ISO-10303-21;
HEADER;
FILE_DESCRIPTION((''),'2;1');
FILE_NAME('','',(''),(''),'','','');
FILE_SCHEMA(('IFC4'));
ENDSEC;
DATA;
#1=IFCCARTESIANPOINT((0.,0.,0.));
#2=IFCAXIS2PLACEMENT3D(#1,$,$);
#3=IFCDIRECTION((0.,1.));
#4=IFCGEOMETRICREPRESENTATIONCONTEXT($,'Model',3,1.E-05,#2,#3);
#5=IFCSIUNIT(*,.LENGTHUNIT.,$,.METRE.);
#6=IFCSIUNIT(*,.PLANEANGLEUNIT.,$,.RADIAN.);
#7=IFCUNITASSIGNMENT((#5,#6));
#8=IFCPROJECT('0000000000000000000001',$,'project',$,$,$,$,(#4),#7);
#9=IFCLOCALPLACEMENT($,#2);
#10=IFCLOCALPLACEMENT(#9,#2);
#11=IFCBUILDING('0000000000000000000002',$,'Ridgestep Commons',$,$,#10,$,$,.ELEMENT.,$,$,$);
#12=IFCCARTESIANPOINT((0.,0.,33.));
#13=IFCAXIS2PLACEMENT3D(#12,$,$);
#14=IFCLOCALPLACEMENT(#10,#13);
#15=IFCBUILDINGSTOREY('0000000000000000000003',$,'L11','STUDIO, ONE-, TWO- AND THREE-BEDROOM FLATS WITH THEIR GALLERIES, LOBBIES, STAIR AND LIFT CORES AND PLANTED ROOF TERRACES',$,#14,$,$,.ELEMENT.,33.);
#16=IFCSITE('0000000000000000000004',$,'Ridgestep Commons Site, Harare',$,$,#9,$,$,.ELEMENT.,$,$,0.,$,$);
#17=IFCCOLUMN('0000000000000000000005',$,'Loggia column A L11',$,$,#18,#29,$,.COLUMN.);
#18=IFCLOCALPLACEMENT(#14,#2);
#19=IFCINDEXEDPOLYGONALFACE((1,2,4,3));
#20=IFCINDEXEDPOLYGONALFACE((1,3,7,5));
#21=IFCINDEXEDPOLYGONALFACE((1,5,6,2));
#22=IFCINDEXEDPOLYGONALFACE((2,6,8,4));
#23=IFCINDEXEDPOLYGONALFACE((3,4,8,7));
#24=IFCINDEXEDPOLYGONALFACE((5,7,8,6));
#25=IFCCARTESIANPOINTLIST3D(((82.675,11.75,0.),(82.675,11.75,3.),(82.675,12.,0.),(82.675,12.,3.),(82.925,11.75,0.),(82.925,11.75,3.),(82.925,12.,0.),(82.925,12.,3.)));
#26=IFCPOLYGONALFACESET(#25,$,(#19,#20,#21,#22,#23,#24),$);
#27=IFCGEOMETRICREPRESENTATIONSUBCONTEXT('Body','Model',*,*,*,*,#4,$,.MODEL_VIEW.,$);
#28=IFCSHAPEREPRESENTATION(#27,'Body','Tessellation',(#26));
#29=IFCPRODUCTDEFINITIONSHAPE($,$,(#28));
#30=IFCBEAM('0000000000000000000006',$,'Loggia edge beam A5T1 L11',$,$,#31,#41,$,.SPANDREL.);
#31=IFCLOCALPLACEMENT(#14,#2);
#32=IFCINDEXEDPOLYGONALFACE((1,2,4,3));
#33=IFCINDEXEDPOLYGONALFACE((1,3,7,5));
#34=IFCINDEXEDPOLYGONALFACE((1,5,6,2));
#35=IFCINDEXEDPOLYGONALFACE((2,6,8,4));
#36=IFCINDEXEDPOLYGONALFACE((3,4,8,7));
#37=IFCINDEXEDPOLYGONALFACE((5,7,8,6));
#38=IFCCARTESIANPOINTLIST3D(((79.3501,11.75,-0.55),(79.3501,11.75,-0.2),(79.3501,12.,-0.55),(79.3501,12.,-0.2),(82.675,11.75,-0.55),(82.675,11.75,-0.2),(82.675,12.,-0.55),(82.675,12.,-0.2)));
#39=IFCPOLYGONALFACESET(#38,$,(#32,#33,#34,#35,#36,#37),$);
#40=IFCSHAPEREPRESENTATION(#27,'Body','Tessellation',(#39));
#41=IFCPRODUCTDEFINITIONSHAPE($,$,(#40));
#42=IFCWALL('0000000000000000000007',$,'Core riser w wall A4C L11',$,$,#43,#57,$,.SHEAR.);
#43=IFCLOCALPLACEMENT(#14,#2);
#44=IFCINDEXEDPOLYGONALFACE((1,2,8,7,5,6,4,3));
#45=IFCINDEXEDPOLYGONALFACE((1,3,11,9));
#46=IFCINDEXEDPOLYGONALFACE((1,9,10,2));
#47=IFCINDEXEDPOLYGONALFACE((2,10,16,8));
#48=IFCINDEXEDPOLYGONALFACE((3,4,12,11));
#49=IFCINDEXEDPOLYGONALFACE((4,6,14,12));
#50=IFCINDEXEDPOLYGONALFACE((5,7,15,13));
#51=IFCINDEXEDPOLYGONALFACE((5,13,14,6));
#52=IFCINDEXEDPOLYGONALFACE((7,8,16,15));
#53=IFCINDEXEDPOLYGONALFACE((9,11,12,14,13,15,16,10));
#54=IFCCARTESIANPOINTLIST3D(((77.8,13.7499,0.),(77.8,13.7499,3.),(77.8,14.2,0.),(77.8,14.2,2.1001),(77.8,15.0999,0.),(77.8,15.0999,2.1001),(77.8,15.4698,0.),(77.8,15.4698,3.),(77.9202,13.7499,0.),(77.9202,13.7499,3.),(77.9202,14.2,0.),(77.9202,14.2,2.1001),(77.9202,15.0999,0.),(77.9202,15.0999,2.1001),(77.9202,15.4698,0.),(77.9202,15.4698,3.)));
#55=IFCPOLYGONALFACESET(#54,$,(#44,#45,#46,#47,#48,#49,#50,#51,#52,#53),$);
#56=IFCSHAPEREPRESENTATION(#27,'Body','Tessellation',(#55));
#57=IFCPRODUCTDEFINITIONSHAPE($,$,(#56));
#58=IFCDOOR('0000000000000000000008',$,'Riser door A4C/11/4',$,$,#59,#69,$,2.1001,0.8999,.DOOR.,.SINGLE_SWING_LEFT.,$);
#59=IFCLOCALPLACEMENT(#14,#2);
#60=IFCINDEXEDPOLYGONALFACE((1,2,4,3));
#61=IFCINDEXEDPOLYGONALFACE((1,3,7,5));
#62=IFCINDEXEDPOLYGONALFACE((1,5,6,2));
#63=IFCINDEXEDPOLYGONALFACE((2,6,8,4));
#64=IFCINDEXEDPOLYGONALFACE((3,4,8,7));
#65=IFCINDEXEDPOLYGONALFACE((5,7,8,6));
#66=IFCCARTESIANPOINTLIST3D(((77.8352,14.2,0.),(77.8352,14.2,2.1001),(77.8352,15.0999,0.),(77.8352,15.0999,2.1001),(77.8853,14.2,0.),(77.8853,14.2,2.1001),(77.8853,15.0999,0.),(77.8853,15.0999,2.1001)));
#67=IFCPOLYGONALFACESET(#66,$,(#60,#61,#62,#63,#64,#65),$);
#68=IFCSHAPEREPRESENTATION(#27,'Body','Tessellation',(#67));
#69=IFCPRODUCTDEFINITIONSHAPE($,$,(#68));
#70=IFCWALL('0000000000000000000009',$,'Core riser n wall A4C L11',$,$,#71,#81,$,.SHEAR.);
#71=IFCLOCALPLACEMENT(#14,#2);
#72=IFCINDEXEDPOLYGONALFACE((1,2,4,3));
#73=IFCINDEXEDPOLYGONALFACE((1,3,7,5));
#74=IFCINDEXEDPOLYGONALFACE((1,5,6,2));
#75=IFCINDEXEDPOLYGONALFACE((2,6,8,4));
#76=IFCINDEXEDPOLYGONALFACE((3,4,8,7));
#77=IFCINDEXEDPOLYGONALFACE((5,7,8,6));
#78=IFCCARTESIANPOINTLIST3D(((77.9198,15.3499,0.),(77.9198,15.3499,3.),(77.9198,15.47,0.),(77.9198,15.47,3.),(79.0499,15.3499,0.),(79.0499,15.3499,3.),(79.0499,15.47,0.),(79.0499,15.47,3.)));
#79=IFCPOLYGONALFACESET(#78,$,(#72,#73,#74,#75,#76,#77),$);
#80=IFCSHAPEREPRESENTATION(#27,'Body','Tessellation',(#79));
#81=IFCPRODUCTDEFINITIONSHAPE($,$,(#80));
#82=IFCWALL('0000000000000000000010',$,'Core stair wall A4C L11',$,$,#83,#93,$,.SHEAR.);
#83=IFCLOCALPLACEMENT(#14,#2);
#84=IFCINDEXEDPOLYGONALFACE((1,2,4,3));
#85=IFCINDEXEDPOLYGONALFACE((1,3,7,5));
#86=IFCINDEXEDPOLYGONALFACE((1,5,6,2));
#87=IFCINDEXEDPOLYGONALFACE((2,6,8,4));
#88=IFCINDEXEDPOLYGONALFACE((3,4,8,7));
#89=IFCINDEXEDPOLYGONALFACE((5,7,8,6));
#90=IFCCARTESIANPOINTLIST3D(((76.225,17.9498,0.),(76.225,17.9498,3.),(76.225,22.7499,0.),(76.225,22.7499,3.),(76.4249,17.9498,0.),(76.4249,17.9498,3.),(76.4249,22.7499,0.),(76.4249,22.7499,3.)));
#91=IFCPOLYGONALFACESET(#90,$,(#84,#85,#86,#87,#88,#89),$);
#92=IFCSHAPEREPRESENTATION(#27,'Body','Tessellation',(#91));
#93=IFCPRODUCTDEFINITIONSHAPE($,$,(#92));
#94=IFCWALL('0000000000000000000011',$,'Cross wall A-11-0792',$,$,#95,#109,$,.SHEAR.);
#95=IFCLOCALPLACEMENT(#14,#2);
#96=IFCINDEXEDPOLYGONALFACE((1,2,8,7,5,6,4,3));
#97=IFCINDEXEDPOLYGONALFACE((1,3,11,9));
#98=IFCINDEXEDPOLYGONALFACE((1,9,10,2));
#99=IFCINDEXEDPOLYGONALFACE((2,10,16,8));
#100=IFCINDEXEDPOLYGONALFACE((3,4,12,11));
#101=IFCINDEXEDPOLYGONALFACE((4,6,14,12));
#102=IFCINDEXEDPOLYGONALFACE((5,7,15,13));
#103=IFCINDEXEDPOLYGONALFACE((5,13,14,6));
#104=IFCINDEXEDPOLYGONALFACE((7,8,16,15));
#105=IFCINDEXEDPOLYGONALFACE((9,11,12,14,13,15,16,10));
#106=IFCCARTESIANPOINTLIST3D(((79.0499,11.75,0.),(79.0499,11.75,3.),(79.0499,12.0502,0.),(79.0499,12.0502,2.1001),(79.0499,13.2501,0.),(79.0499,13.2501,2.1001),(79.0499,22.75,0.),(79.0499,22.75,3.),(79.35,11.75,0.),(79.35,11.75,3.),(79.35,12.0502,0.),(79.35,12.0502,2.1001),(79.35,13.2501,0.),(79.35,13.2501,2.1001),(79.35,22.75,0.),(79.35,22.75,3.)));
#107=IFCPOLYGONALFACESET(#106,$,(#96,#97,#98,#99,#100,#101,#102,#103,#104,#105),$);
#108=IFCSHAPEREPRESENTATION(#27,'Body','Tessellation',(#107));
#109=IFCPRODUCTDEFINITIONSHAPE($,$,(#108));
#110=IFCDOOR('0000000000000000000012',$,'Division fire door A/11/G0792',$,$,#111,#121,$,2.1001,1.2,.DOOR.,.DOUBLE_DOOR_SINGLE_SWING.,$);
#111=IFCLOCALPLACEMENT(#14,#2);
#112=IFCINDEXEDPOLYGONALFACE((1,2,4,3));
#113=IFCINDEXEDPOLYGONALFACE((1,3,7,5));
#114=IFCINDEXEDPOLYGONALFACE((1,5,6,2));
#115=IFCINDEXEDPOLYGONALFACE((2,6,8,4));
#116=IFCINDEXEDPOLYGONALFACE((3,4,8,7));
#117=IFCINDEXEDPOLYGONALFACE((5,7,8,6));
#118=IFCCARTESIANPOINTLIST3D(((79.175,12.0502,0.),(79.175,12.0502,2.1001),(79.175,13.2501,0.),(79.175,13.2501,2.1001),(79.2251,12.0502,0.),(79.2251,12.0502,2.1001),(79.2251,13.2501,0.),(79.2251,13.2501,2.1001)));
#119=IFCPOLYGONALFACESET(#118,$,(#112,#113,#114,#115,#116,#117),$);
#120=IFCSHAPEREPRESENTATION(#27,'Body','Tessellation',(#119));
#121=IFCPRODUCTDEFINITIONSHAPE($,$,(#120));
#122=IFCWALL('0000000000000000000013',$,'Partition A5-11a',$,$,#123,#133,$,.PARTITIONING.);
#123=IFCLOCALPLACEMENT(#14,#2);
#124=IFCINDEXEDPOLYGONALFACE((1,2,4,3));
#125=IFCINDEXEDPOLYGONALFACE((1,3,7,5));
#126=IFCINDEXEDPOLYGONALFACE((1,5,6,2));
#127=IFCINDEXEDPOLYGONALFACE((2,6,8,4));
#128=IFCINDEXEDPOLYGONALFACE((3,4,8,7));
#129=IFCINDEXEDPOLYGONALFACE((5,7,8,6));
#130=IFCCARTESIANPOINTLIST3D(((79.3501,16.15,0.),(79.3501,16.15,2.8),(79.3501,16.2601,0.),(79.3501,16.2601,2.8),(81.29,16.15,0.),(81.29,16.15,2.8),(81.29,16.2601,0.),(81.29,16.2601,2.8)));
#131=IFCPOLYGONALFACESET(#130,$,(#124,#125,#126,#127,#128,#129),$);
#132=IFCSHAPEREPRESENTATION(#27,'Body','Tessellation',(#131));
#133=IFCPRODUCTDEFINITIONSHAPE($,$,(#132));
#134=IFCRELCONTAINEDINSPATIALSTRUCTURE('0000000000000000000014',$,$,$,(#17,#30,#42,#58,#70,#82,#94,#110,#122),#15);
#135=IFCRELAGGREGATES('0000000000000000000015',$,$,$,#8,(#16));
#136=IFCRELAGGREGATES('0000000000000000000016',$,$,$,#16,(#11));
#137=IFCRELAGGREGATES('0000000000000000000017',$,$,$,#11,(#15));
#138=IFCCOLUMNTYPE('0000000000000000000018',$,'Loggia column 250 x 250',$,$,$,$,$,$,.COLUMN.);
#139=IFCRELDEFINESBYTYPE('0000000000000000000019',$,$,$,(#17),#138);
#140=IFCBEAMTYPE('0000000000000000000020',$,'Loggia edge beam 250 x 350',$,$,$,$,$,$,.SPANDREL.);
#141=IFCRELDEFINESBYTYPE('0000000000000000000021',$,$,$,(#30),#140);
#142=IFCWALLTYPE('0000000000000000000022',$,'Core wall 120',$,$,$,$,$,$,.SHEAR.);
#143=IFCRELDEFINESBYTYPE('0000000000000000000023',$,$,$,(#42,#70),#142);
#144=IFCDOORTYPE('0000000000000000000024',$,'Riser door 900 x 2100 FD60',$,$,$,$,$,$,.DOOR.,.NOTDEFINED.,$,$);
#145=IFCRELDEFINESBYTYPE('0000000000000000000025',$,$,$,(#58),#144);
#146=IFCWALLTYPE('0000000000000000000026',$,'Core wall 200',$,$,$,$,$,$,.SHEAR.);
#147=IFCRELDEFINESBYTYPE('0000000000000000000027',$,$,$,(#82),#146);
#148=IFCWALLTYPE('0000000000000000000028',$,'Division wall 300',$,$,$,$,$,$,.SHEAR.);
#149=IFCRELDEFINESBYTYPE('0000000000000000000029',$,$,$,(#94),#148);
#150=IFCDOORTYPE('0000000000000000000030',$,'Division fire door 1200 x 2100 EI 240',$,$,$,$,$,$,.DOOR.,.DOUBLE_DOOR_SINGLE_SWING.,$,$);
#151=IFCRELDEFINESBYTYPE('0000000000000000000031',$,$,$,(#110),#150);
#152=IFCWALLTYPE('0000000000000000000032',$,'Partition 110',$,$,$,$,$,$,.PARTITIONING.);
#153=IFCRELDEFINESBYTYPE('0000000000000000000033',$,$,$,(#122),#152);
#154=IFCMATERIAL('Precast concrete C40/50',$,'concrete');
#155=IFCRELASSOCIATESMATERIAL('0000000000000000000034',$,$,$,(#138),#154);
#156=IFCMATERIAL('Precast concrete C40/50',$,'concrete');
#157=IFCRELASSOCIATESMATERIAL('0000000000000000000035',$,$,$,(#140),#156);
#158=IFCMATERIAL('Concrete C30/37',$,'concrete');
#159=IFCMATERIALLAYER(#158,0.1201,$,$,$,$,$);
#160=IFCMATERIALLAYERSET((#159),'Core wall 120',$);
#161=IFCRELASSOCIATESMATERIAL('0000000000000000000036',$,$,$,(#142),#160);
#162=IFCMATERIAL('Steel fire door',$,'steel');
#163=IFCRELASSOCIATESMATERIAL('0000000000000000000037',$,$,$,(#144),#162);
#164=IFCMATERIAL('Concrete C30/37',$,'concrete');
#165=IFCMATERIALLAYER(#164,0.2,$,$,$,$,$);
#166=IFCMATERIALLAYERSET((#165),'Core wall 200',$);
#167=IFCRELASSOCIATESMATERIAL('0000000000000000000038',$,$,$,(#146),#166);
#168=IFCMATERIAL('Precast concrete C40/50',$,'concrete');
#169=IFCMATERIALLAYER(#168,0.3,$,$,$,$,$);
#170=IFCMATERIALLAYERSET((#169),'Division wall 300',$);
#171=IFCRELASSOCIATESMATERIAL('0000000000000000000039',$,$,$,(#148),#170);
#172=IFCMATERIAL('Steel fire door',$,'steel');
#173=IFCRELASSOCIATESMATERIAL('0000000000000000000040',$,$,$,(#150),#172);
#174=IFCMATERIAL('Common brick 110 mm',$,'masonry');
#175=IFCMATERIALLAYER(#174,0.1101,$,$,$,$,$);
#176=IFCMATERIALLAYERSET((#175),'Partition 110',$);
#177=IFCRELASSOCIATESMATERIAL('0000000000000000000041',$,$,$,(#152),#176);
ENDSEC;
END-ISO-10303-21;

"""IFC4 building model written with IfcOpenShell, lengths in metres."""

from ifc_helpers import new_model, si_unit, direction, frame, frame_2d, origin, origin_2d, place, context, subcontext, project, spatial, rectangle, extrude, material, layer, layer_set, material_profile, profile_set, type_object, element, fill, save


model = new_model("IFC4")

# Units and contexts
model_context = context("Model", 3, precision=1e-05, world=origin(), true_north=direction((0.0, 1.0)))
body_context = subcontext(model_context, "Body", "Model", "MODEL_VIEW")
ifc_project = project(units=[si_unit("LENGTHUNIT", "METRE"), si_unit("PLANEANGLEUNIT", "RADIAN")], contexts=[model_context])

# Site, building, storey
site_placement = place(None, origin())
site = spatial("IfcSite", under=ifc_project, at=site_placement, Name="Ridgestep Commons Site, Harare", CompositionType="ELEMENT", RefElevation=0.0)
building_placement = place(site_placement, origin())
building = spatial("IfcBuilding", under=site, at=building_placement, Name="Ridgestep Commons", CompositionType="ELEMENT")
storey_placement = place(building_placement, frame((0.0, 0.0, 33.0)))
storey = spatial("IfcBuildingStorey", under=building, at=storey_placement, Name="L11", Description="STUDIO, ONE-, TWO- AND THREE-BEDROOM FLATS WITH THEIR GALLERIES, LOBBIES, STAIR AND LIFT CORES AND PLANTED ROOF TERRACES", CompositionType="ELEMENT", Elevation=33.0)

# Column
ifc_material_1 = material(Name="Precast concrete C40/50", Category="concrete")
ifc_material_profile_1 = material_profile(ifc_material_1, rectangle(XDim=0.25, YDim=0.25, at=origin_2d()), Name="PC 250x250")
ifc_profile_set_1 = profile_set([ifc_material_profile_1], Name="Precast concrete C40/50")
column_type = type_object("IfcColumnType", Name="Loggia column 250 x 250", PredefinedType="COLUMN", material=ifc_profile_set_1)
column_placement = place(storey_placement, frame((82.8, 11.875, 0.0), z_axis=(0.0, 0.0, 1.0), x_axis=(1.0, 0.0, 0.0)))
element("IfcColumn", 1, at=column_placement, inside=storey, type_object=column_type, Name="Loggia column A L11", PredefinedType="COLUMN", context=body_context, shape_type="SweptSolid", body=[
    extrude(rectangle(XDim=0.25, YDim=0.25, at=origin_2d()), origin(), (0.0, 0.0, 1.0), 3.0),
])

# Beam
ifc_material_2 = material(Name="Precast concrete C40/50", Category="concrete")
ifc_material_profile_2 = material_profile(ifc_material_2, rectangle(XDim=0.25, YDim=0.3501, at=origin_2d()), Name="PC 250x350")
ifc_profile_set_2 = profile_set([ifc_material_profile_2], Name="Precast concrete C40/50")
beam_type = type_object("IfcBeamType", Name="Loggia edge beam 250 x 350", PredefinedType="SPANDREL", material=ifc_profile_set_2)
beam_placement = place(storey_placement, frame((79.3501, 11.875, -0.375), z_axis=(1.0, 0.0, 0.0), x_axis=(0.0, 1.0, 0.0)))
element("IfcBeam", 2, at=beam_placement, inside=storey, type_object=beam_type, Name="Loggia edge beam A5T1 L11", PredefinedType="SPANDREL", context=body_context, shape_type="SweptSolid", body=[
    extrude(rectangle(XDim=0.25, YDim=0.3501, at=origin_2d()), origin(), (0.0, 0.0, 1.0), 3.325),
])

# Wall, opening, door
ifc_material_3 = material(Name="Concrete C30/37", Category="concrete")
ifc_layer_1 = layer(ifc_material_3, 0.1201)
ifc_layer_set_1 = layer_set([ifc_layer_1], Name="Core wall 120")
wall_type_1 = type_object("IfcWallType", Name="Core wall 120", PredefinedType="SHEAR", material=ifc_layer_set_1)
wall_1_placement = place(storey_placement, frame((77.8601, 13.75, 0.0), z_axis=(0.0, 0.0, 1.0), x_axis=(0.0, 1.0, 0.0)))
wall_1 = element("IfcWall", 3, at=wall_1_placement, inside=storey, type_object=wall_type_1, Name="Core riser w wall A4C L11", PredefinedType="SHEAR", context=body_context, shape_type="SweptSolid", body=[
    extrude(rectangle(XDim=1.72, YDim=0.1201, at=frame_2d((0.8599, 0.0))), origin(), (0.0, 0.0, 1.0), 3.0),
])
opening_1_placement = place(wall_1_placement, frame((0.45, 0.0, 0.0)))
opening_1 = element("IfcOpeningElement", 4, at=opening_1_placement, cuts=wall_1, PredefinedType="OPENING", context=body_context, shape_type="SweptSolid", body=[
    extrude(rectangle(XDim=0.8999, YDim=2.1001, at=frame_2d((0.45, 1.05))), frame((0.0, 0.0701, 0.0), z_axis=(0.0, -1.0, 0.0), x_axis=(1.0, 0.0, 0.0)), (0.0, 0.0, 1.0), 0.1401),
])
ifc_material_4 = material(Name="Steel fire door", Category="steel")
door_type_1 = type_object("IfcDoorType", Name="Riser door 900 x 2100 FD60", OperationType="NOTDEFINED", PredefinedType="DOOR", material=ifc_material_4)
door_1_placement = place(opening_1_placement, origin())
door_1 = element("IfcDoor", 5, at=door_1_placement, inside=storey, type_object=door_type_1, Name="Riser door A4C/11/4", OperationType="SINGLE_SWING_LEFT", OverallHeight=2.1001, OverallWidth=0.8999, PredefinedType="DOOR", context=body_context, shape_type="SweptSolid", body=[
    extrude(rectangle(XDim=0.8999, YDim=2.1001, at=frame_2d((0.45, 1.05))), frame((0.0, 0.0249, 0.0), z_axis=(0.0, -1.0, 0.0), x_axis=(1.0, 0.0, 0.0)), (0.0, 0.0, 1.0), 0.05),
])
fill(opening_1, door_1)

# Walls
wall_2_placement = place(storey_placement, frame((77.9199, 15.4099, 0.0), z_axis=(0.0, 0.0, 1.0), x_axis=(1.0, 0.0, 0.0)))
element("IfcWall", 6, at=wall_2_placement, inside=storey, type_object=wall_type_1, Name="Core riser n wall A4C L11", PredefinedType="SHEAR", context=body_context, shape_type="SweptSolid", body=[
    extrude(rectangle(XDim=1.1301, YDim=0.1201, at=frame_2d((0.5649, 0.0))), origin(), (0.0, 0.0, 1.0), 3.0),
])
ifc_material_5 = material(Name="Concrete C30/37", Category="concrete")
ifc_layer_2 = layer(ifc_material_5, 0.2)
ifc_layer_set_2 = layer_set([ifc_layer_2], Name="Core wall 200")
wall_type_2 = type_object("IfcWallType", Name="Core wall 200", PredefinedType="SHEAR", material=ifc_layer_set_2)
wall_3_placement = place(storey_placement, frame((76.325, 17.95, 0.0), z_axis=(0.0, 0.0, 1.0), x_axis=(0.0, 1.0, 0.0)))
element("IfcWall", 7, at=wall_3_placement, inside=storey, type_object=wall_type_2, Name="Core stair wall A4C L11", PredefinedType="SHEAR", context=body_context, shape_type="SweptSolid", body=[
    extrude(rectangle(XDim=4.8, YDim=0.2, at=frame_2d((2.3999, 0.0))), origin(), (0.0, 0.0, 1.0), 3.0),
])

# Wall, opening, door
ifc_material_6 = material(Name="Precast concrete C40/50", Category="concrete")
ifc_layer_3 = layer(ifc_material_6, 0.3)
ifc_layer_set_3 = layer_set([ifc_layer_3], Name="Division wall 300")
wall_type_3 = type_object("IfcWallType", Name="Division wall 300", PredefinedType="SHEAR", material=ifc_layer_set_3)
wall_4_placement = place(storey_placement, frame((79.2, 11.75, 0.0), z_axis=(0.0, 0.0, 1.0), x_axis=(0.0, 1.0, 0.0)))
wall_4 = element("IfcWall", 8, at=wall_4_placement, inside=storey, type_object=wall_type_3, Name="Cross wall A-11-0792", PredefinedType="SHEAR", context=body_context, shape_type="SweptSolid", body=[
    extrude(rectangle(XDim=11.0, YDim=0.3, at=frame_2d((5.5, 0.0))), origin(), (0.0, 0.0, 1.0), 3.0),
])
opening_2_placement = place(wall_4_placement, frame((0.3, 0.0, 0.0)))
opening_2 = element("IfcOpeningElement", 9, at=opening_2_placement, cuts=wall_4, PredefinedType="OPENING", context=body_context, shape_type="SweptSolid", body=[
    extrude(rectangle(XDim=1.2, YDim=2.1001, at=frame_2d((0.6001, 1.05))), frame((0.0, 0.1599, 0.0), z_axis=(0.0, -1.0, 0.0), x_axis=(1.0, 0.0, 0.0)), (0.0, 0.0, 1.0), 0.3201),
])
ifc_material_7 = material(Name="Steel fire door", Category="steel")
door_type_2 = type_object("IfcDoorType", Name="Division fire door 1200 x 2100 EI 240", OperationType="DOUBLE_DOOR_SINGLE_SWING", PredefinedType="DOOR", material=ifc_material_7)
door_2_placement = place(opening_2_placement, origin())
door_2 = element("IfcDoor", 10, at=door_2_placement, inside=storey, type_object=door_type_2, Name="Division fire door A/11/G0792", OperationType="DOUBLE_DOOR_SINGLE_SWING", OverallHeight=2.1001, OverallWidth=1.2, PredefinedType="DOOR", context=body_context, shape_type="SweptSolid", body=[
    extrude(rectangle(XDim=1.2, YDim=2.1001, at=frame_2d((0.6001, 1.05))), frame((0.0, 0.0249, 0.0), z_axis=(0.0, -1.0, 0.0), x_axis=(1.0, 0.0, 0.0)), (0.0, 0.0, 1.0), 0.05),
])
fill(opening_2, door_2)

# Wall
ifc_material_8 = material(Name="Common brick 110 mm", Category="masonry")
ifc_layer_4 = layer(ifc_material_8, 0.1101)
ifc_layer_set_4 = layer_set([ifc_layer_4], Name="Partition 110")
wall_type_4 = type_object("IfcWallType", Name="Partition 110", PredefinedType="PARTITIONING", material=ifc_layer_set_4)
wall_5_placement = place(storey_placement, frame((79.3501, 16.2051, 0.0), z_axis=(0.0, 0.0, 1.0), x_axis=(1.0, 0.0, 0.0)))
element("IfcWall", 11, at=wall_5_placement, inside=storey, type_object=wall_type_4, Name="Partition A5-11a", PredefinedType="PARTITIONING", context=body_context, shape_type="SweptSolid", body=[
    extrude(rectangle(XDim=1.9399, YDim=0.1101, at=frame_2d((0.97, 0.0))), origin(), (0.0, 0.0, 1.0), 2.8),
])

save(model, "model.ifc")
